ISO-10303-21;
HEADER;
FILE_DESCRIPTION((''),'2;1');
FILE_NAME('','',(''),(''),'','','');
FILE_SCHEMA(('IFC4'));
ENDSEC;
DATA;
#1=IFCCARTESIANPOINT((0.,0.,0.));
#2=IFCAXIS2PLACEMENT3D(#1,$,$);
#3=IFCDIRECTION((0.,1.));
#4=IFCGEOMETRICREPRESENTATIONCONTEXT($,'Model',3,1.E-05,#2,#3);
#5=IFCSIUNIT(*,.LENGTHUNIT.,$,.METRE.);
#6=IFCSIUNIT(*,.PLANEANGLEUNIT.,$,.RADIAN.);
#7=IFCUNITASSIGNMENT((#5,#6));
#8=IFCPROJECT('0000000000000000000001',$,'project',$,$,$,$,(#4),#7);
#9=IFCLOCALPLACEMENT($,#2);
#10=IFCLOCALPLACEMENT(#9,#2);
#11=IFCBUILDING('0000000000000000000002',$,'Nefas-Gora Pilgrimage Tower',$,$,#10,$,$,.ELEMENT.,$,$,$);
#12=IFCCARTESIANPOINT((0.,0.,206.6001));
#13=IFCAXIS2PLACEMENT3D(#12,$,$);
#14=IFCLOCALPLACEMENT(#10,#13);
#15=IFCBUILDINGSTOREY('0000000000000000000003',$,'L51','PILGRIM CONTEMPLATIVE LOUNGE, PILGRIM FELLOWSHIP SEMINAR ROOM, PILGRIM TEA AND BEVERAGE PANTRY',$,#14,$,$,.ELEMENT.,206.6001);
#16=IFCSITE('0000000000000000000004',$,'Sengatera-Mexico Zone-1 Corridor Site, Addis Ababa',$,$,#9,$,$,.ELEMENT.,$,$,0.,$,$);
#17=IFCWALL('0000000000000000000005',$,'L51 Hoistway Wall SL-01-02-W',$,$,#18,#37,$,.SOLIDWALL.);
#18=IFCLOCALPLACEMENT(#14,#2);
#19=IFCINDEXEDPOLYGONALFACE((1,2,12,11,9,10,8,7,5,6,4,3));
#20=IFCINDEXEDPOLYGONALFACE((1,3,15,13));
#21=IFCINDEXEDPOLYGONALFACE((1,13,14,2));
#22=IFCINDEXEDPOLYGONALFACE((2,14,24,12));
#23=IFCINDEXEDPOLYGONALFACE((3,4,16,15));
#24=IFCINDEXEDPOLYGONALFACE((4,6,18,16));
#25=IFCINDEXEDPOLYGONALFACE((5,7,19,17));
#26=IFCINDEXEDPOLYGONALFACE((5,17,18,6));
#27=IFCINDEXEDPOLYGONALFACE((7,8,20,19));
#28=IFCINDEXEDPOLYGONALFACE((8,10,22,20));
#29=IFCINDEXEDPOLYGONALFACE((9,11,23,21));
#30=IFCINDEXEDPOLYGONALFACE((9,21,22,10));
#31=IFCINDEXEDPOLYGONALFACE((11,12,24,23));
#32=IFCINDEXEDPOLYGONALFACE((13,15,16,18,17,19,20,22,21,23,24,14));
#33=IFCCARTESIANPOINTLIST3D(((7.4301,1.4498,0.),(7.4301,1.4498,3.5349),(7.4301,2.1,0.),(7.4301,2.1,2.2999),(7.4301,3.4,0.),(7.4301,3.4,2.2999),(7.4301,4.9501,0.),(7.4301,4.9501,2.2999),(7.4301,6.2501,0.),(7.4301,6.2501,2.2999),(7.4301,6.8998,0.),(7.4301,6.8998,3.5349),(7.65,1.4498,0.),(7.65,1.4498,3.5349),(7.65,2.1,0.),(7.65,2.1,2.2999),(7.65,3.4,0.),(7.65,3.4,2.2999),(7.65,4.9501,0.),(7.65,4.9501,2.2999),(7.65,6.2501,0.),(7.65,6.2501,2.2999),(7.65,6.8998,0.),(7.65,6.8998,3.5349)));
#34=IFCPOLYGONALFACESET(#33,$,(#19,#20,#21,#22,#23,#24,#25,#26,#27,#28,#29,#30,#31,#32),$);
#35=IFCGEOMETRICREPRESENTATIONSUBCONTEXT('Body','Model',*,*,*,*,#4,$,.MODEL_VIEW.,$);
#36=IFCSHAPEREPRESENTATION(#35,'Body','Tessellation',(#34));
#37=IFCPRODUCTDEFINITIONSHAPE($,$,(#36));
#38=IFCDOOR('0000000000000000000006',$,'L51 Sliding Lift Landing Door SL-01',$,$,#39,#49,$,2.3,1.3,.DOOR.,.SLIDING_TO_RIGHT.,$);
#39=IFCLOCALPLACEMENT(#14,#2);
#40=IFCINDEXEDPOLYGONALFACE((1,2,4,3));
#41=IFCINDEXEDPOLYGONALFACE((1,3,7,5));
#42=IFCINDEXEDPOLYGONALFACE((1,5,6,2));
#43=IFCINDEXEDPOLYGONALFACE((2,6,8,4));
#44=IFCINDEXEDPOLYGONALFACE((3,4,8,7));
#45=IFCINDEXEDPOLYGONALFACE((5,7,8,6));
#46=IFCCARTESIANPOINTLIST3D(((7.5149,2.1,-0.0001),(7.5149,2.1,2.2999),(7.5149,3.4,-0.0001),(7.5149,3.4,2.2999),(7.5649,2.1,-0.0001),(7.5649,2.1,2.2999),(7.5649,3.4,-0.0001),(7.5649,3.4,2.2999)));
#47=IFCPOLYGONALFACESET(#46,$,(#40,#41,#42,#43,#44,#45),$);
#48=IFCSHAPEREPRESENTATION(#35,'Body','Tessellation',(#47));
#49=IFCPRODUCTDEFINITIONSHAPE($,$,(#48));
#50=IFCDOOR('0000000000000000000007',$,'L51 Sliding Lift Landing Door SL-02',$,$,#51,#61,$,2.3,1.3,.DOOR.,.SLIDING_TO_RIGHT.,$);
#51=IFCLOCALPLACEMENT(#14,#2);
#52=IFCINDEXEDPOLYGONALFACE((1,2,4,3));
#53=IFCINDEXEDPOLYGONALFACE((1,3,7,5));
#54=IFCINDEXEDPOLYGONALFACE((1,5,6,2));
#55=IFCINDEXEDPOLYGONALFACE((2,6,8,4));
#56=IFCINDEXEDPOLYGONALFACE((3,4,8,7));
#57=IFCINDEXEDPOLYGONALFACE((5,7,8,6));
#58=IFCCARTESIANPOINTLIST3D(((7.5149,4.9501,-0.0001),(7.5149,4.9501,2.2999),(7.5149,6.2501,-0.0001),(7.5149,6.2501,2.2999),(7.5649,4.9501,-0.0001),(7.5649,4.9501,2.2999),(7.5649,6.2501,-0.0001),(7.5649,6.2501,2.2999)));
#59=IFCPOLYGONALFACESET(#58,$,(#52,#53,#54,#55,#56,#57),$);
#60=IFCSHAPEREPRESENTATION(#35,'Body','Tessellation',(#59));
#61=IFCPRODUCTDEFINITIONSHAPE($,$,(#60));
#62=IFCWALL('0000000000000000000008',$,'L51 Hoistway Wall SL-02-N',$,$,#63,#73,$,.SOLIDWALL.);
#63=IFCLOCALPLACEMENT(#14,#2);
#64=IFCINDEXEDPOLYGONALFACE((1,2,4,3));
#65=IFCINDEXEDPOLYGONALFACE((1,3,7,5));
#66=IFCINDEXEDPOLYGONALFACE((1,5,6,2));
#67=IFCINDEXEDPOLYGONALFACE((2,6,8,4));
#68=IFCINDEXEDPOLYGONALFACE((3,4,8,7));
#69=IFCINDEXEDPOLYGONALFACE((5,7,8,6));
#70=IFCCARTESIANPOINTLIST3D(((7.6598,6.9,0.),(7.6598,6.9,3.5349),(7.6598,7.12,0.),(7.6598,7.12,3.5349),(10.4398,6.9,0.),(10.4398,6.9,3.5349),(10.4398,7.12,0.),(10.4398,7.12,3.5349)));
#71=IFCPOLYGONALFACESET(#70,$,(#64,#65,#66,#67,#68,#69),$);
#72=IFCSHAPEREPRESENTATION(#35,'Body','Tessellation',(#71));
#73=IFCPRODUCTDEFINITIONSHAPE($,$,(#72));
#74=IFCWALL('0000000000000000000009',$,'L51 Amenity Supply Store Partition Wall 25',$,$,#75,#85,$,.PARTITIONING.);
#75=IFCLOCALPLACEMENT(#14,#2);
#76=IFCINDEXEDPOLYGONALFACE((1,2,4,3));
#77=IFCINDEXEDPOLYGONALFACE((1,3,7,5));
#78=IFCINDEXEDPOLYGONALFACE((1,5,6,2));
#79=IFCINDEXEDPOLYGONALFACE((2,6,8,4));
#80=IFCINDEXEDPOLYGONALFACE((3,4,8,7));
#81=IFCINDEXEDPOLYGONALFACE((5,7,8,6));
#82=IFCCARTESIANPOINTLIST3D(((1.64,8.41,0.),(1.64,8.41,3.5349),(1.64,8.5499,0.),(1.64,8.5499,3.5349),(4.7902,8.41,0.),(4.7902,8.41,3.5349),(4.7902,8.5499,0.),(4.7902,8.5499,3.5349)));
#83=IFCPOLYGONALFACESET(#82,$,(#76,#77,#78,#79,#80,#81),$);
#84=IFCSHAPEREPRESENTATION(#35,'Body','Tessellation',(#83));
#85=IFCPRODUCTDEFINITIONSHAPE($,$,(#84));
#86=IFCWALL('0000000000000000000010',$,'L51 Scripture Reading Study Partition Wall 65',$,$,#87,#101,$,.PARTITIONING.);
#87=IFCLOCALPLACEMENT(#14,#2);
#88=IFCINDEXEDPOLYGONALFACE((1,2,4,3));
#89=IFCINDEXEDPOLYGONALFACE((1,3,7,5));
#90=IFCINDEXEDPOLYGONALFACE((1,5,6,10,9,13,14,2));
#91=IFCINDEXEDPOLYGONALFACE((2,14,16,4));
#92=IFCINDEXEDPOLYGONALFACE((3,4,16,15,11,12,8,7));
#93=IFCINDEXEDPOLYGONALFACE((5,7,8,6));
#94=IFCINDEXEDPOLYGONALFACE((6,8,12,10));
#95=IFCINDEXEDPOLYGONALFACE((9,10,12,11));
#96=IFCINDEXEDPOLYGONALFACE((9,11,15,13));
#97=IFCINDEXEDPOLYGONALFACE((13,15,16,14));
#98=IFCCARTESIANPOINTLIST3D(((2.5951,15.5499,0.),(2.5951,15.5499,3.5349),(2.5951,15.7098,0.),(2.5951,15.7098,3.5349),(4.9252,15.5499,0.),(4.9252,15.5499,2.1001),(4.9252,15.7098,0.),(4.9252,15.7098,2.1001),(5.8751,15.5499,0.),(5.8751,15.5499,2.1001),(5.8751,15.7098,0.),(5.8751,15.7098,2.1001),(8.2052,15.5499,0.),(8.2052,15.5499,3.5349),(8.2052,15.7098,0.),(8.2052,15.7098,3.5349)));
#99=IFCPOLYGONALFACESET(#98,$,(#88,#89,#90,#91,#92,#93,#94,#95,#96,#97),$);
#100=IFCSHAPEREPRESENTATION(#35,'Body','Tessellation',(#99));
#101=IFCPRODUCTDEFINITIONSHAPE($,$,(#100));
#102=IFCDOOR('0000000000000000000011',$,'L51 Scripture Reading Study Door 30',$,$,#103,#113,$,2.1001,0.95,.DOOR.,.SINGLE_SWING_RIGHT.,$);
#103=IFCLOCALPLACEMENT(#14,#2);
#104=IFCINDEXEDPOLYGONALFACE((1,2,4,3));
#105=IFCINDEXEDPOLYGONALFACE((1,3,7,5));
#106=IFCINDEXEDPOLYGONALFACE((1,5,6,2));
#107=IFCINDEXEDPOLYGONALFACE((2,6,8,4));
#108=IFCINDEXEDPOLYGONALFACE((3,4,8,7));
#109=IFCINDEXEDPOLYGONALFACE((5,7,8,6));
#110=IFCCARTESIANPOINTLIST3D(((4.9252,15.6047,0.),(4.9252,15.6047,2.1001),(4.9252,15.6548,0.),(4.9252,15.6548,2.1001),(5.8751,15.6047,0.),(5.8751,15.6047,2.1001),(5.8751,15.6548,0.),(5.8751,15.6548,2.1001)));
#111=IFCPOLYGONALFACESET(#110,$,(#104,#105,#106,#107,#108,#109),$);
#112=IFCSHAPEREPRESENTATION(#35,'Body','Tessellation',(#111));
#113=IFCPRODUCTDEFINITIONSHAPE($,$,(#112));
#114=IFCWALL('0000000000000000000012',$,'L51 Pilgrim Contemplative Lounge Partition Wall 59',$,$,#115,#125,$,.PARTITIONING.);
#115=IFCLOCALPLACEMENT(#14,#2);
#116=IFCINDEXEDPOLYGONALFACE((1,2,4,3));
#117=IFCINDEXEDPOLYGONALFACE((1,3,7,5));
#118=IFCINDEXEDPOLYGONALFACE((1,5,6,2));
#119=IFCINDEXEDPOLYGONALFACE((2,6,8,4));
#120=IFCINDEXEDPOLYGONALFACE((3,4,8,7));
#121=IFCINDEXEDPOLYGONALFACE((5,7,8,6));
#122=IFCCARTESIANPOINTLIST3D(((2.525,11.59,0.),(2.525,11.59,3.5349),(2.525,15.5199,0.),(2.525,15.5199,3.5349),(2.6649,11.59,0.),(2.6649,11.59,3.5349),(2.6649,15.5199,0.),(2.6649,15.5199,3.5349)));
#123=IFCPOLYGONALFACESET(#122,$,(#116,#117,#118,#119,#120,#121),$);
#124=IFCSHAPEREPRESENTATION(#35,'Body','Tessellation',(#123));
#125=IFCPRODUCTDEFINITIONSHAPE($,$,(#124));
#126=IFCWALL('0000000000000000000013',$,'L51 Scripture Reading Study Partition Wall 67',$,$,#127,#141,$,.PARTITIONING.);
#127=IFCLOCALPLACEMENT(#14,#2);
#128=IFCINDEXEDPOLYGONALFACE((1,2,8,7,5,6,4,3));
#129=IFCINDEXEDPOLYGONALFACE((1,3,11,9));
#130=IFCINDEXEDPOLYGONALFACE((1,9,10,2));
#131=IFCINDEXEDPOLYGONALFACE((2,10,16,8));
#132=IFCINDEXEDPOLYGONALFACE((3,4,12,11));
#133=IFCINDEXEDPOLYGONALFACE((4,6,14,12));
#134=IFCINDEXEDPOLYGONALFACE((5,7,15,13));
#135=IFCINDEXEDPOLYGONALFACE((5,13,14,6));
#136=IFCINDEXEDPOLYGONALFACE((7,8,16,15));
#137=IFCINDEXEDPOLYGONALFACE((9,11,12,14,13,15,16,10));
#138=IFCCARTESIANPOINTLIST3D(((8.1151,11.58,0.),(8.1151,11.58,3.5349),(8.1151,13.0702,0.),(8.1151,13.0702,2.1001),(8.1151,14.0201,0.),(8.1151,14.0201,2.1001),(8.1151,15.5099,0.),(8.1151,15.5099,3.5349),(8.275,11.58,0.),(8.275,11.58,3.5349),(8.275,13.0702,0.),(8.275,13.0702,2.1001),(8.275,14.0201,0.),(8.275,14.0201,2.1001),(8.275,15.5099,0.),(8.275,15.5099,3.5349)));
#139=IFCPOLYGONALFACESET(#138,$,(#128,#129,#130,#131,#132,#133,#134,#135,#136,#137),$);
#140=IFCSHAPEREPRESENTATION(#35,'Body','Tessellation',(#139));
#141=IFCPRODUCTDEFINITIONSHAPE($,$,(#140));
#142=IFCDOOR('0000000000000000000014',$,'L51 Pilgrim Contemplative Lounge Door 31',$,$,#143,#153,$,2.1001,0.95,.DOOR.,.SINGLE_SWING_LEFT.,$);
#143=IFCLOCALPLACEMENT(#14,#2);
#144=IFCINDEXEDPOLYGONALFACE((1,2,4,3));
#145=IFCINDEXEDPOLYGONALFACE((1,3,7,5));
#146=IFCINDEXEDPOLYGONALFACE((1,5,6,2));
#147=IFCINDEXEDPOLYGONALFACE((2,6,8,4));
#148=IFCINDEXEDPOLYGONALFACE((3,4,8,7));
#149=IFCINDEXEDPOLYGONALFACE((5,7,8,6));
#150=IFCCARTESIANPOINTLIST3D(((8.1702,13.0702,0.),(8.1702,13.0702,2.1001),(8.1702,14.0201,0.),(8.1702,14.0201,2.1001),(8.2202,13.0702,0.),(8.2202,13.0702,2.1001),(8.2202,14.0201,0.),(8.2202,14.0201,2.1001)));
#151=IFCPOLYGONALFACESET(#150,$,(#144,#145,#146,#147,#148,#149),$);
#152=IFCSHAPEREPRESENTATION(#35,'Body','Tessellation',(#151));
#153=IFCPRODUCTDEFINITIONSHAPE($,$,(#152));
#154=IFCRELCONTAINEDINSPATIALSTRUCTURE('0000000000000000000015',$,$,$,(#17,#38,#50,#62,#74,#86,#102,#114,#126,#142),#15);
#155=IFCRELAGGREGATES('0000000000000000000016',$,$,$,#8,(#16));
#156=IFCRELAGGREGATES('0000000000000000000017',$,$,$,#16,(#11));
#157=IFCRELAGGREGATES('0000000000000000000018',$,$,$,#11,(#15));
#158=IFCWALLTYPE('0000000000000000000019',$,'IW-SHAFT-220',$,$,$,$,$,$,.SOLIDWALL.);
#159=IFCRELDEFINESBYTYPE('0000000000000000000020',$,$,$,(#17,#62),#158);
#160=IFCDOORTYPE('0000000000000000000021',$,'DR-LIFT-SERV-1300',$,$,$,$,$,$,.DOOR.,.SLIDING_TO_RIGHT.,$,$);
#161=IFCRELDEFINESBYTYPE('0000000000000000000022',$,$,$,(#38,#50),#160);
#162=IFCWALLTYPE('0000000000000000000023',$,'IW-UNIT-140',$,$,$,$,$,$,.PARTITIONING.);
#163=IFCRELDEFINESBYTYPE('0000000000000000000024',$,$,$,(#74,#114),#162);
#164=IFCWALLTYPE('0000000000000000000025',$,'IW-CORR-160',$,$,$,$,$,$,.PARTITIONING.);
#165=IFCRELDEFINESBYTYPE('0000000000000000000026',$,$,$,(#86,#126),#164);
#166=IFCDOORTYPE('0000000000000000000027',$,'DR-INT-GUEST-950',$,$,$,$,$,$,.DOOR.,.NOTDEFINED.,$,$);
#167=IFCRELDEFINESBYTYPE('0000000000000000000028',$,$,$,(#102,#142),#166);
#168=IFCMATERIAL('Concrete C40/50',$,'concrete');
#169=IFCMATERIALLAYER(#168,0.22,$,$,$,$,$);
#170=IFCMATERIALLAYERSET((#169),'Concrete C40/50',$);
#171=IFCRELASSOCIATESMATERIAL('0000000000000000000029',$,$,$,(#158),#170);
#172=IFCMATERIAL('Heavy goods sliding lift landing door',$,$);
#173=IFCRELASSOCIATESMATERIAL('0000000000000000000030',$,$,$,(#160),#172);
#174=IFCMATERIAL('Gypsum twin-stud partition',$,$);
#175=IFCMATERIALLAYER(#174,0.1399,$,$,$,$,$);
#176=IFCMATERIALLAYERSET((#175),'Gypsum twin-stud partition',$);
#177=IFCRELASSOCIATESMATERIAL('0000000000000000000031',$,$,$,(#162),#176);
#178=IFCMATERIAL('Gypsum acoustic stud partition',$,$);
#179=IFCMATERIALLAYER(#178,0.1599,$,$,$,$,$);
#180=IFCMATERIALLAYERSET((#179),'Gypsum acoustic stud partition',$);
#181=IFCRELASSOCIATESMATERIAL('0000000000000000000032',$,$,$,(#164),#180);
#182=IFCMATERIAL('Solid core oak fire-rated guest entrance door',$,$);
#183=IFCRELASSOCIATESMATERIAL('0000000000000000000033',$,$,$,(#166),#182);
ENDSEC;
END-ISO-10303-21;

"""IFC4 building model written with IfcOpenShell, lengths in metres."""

from ifc_helpers import new_model, si_unit, direction, frame, frame_2d, origin, place, context, subcontext, project, spatial, rectangle, extrude, source, transform, mapped, material, layer, layer_set, type_object, element, fill, save


model = new_model("IFC4")

# Units and contexts
model_context = context("Model", 3, precision=1e-05, world=origin(), true_north=direction((0.0, 1.0)))
body_context = subcontext(model_context, "Body", "Model", "MODEL_VIEW")
ifc_project = project(units=[si_unit("LENGTHUNIT", "METRE"), si_unit("PLANEANGLEUNIT", "RADIAN")], contexts=[model_context])

# Site, building, storey
site_placement = place(None, origin())
site = spatial("IfcSite", under=ifc_project, at=site_placement, Name="Sengatera-Mexico Zone-1 Corridor Site, Addis Ababa", CompositionType="ELEMENT", RefElevation=0.0)
building_placement = place(site_placement, origin())
building = spatial("IfcBuilding", under=site, at=building_placement, Name="Nefas-Gora Pilgrimage Tower", CompositionType="ELEMENT")
storey_placement = place(building_placement, frame((0.0, 0.0, 206.6001)))
storey = spatial("IfcBuildingStorey", under=building, at=storey_placement, Name="L51", Description="PILGRIM CONTEMPLATIVE LOUNGE, PILGRIM FELLOWSHIP SEMINAR ROOM, PILGRIM TEA AND BEVERAGE PANTRY", CompositionType="ELEMENT", Elevation=206.6001)

# Wall, openings, doors
ifc_material_1 = material(Name="Concrete C40/50", Category="concrete")
ifc_layer_1 = layer(ifc_material_1, 0.22)
ifc_layer_set_1 = layer_set([ifc_layer_1], Name="Concrete C40/50")
wall_type_1 = type_object("IfcWallType", Name="IW-SHAFT-220", PredefinedType="SOLIDWALL", material=ifc_layer_set_1)
shared_shape_1 = source(origin(), body_context, "Body", "SweptSolid", [
    extrude(rectangle(XDim=5.45, YDim=0.22, at=frame_2d((2.7251, 0.0))), origin(), (0.0, 0.0, 1.0), 3.5349),
])
wall_1_placement = place(storey_placement, frame((7.54, 6.8999, 0.0), z_axis=(0.0, 0.0, 1.0), x_axis=(0.0, -1.0, 0.0)))
wall_1 = element("IfcWall", 1, at=wall_1_placement, inside=storey, type_object=wall_type_1, Name="L51 Hoistway Wall SL-01-02-W", PredefinedType="SOLIDWALL", context=body_context, shape_type="MappedRepresentation", body=[
    mapped(shared_shape_1, transform((0.0, 0.0, 0.0), x_axis=(1.0, 0.0, 0.0), y_axis=(0.0, 1.0, 0.0), z_axis=(0.0, 0.0, 1.0), scale=1.0)),
])
opening_1_placement = place(wall_1_placement, frame((3.5, 0.0, 0.0)))
opening_1 = element("IfcOpeningElement", 2, at=opening_1_placement, cuts=wall_1, PredefinedType="OPENING", context=body_context, shape_type="SweptSolid", body=[
    extrude(rectangle(XDim=1.3, YDim=2.3, at=frame_2d((0.6499, 1.1499))), frame((0.0, 0.1199, 0.0), z_axis=(0.0, -1.0, 0.0), x_axis=(1.0, 0.0, 0.0)), (0.0, 0.0, 1.0), 0.24),
])
opening_2_placement = place(wall_1_placement, frame((0.6499, 0.0, 0.0)))
opening_2 = element("IfcOpeningElement", 3, at=opening_2_placement, cuts=wall_1, PredefinedType="OPENING", context=body_context, shape_type="SweptSolid", body=[
    extrude(rectangle(XDim=1.3, YDim=2.3, at=frame_2d((0.6499, 1.1499))), frame((0.0, 0.1199, 0.0), z_axis=(0.0, -1.0, 0.0), x_axis=(1.0, 0.0, 0.0)), (0.0, 0.0, 1.0), 0.24),
])
ifc_material_2 = material(Name="Heavy goods sliding lift landing door")
door_type_1 = type_object("IfcDoorType", Name="DR-LIFT-SERV-1300", OperationType="SLIDING_TO_RIGHT", PredefinedType="DOOR", material=ifc_material_2)
shared_shape_2 = source(origin(), body_context, "Body", "SweptSolid", [
    extrude(rectangle(XDim=1.3, YDim=2.3, at=frame_2d((0.6499, 1.1499))), frame((0.0, 0.0249, 0.0), z_axis=(0.0, -1.0, 0.0), x_axis=(1.0, 0.0, 0.0)), (0.0, 0.0, 1.0), 0.05),
])
door_1_placement = place(opening_1_placement, origin())
door_1 = element("IfcDoor", 4, at=door_1_placement, inside=storey, type_object=door_type_1, Name="L51 Sliding Lift Landing Door SL-01", OperationType="SLIDING_TO_RIGHT", OverallHeight=2.3, OverallWidth=1.3, PredefinedType="DOOR", context=body_context, shape_type="MappedRepresentation", body=[
    mapped(shared_shape_2, transform((0.0, 0.0, 0.0), x_axis=(1.0, 0.0, 0.0), y_axis=(0.0, 1.0, 0.0), z_axis=(0.0, 0.0, 1.0), scale=1.0)),
])
fill(opening_1, door_1)
door_2_placement = place(opening_2_placement, origin())
door_2 = element("IfcDoor", 5, at=door_2_placement, inside=storey, type_object=door_type_1, Name="L51 Sliding Lift Landing Door SL-02", OperationType="SLIDING_TO_RIGHT", OverallHeight=2.3, OverallWidth=1.3, PredefinedType="DOOR", context=body_context, shape_type="MappedRepresentation", body=[
    mapped(shared_shape_2, transform((0.0, 0.0, 0.0), x_axis=(1.0, 0.0, 0.0), y_axis=(0.0, 1.0, 0.0), z_axis=(0.0, 0.0, 1.0), scale=1.0)),
])
fill(opening_2, door_2)

# Walls
shared_shape_3 = source(origin(), body_context, "Body", "SweptSolid", [
    extrude(rectangle(XDim=2.78, YDim=0.22, at=frame_2d((1.3901, 0.0))), origin(), (0.0, 0.0, 1.0), 3.5349),
])
wall_2_placement = place(storey_placement, frame((10.4399, 7.01, 0.0), z_axis=(0.0, 0.0, 1.0), x_axis=(-1.0, 0.0, 0.0)))
element("IfcWall", 6, at=wall_2_placement, inside=storey, type_object=wall_type_1, Name="L51 Hoistway Wall SL-02-N", PredefinedType="SOLIDWALL", context=body_context, shape_type="MappedRepresentation", body=[
    mapped(shared_shape_3, transform((0.0, 0.0, 0.0), x_axis=(1.0, 0.0, 0.0), y_axis=(0.0, 1.0, 0.0), z_axis=(0.0, 0.0, 1.0), scale=1.0)),
])
ifc_material_3 = material(Name="Gypsum twin-stud partition")
ifc_layer_2 = layer(ifc_material_3, 0.1399)
ifc_layer_set_2 = layer_set([ifc_layer_2], Name="Gypsum twin-stud partition")
wall_type_2 = type_object("IfcWallType", Name="IW-UNIT-140", PredefinedType="PARTITIONING", material=ifc_layer_set_2)
shared_shape_4 = source(origin(), body_context, "Body", "SweptSolid", [
    extrude(rectangle(XDim=3.1501, YDim=0.1399, at=frame_2d((1.5752, 0.0))), origin(), (0.0, 0.0, 1.0), 3.5349),
])
wall_3_placement = place(storey_placement, frame((1.6399, 8.48, 0.0), z_axis=(0.0, 0.0, 1.0), x_axis=(1.0, 0.0, 0.0)))
element("IfcWall", 7, at=wall_3_placement, inside=storey, type_object=wall_type_2, Name="L51 Amenity Supply Store Partition Wall 25", PredefinedType="PARTITIONING", context=body_context, shape_type="MappedRepresentation", body=[
    mapped(shared_shape_4, transform((0.0, 0.0, 0.0), x_axis=(1.0, 0.0, 0.0), y_axis=(0.0, 1.0, 0.0), z_axis=(0.0, 0.0, 1.0), scale=1.0)),
])

# Wall, opening, door
ifc_material_4 = material(Name="Gypsum acoustic stud partition")
ifc_layer_3 = layer(ifc_material_4, 0.1599)
ifc_layer_set_3 = layer_set([ifc_layer_3], Name="Gypsum acoustic stud partition")
wall_type_3 = type_object("IfcWallType", Name="IW-CORR-160", PredefinedType="PARTITIONING", material=ifc_layer_set_3)
shared_shape_5 = source(origin(), body_context, "Body", "SweptSolid", [
    extrude(rectangle(XDim=5.6101, YDim=0.1599, at=frame_2d((2.8052, 0.0))), origin(), (0.0, 0.0, 1.0), 3.5349),
])
wall_4_placement = place(storey_placement, frame((2.595, 15.6299, 0.0), z_axis=(0.0, 0.0, 1.0), x_axis=(1.0, 0.0, 0.0)))
wall_4 = element("IfcWall", 8, at=wall_4_placement, inside=storey, type_object=wall_type_3, Name="L51 Scripture Reading Study Partition Wall 65", PredefinedType="PARTITIONING", context=body_context, shape_type="MappedRepresentation", body=[
    mapped(shared_shape_5, transform((0.0, 0.0, 0.0), x_axis=(1.0, 0.0, 0.0), y_axis=(0.0, 1.0, 0.0), z_axis=(0.0, 0.0, 1.0), scale=1.0)),
])
opening_3_placement = place(wall_4_placement, frame((2.3301, 0.0, 0.0)))
opening_3 = element("IfcOpeningElement", 9, at=opening_3_placement, cuts=wall_4, PredefinedType="OPENING", context=body_context, shape_type="SweptSolid", body=[
    extrude(rectangle(XDim=0.95, YDim=2.1001, at=frame_2d((0.4751, 1.05))), frame((0.0, 0.0898, 0.0), z_axis=(0.0, -1.0, 0.0), x_axis=(1.0, 0.0, 0.0)), (0.0, 0.0, 1.0), 0.1799),
])
ifc_material_5 = material(Name="Solid core oak fire-rated guest entrance door")
door_type_2 = type_object("IfcDoorType", Name="DR-INT-GUEST-950", OperationType="NOTDEFINED", PredefinedType="DOOR", material=ifc_material_5)
shared_shape_6 = source(origin(), body_context, "Body", "SweptSolid", [
    extrude(rectangle(XDim=0.95, YDim=2.1001, at=frame_2d((0.4751, 1.05))), frame((0.0, 0.0249, 0.0), z_axis=(0.0, -1.0, 0.0), x_axis=(1.0, 0.0, 0.0)), (0.0, 0.0, 1.0), 0.05),
])
door_3_placement = place(opening_3_placement, origin())
door_3 = element("IfcDoor", 10, at=door_3_placement, inside=storey, type_object=door_type_2, Name="L51 Scripture Reading Study Door 30", OperationType="SINGLE_SWING_RIGHT", OverallHeight=2.1001, OverallWidth=0.95, PredefinedType="DOOR", context=body_context, shape_type="MappedRepresentation", body=[
    mapped(shared_shape_6, transform((0.0, 0.0, 0.0), x_axis=(1.0, 0.0, 0.0), y_axis=(0.0, 1.0, 0.0), z_axis=(0.0, 0.0, 1.0), scale=1.0)),
])
fill(opening_3, door_3)

# Wall
shared_shape_7 = source(origin(), body_context, "Body", "SweptSolid", [
    extrude(rectangle(XDim=3.9299, YDim=0.1399, at=frame_2d((1.9648, 0.0))), origin(), (0.0, 0.0, 1.0), 3.5349),
])
wall_5_placement = place(storey_placement, frame((2.595, 11.5901, 0.0), z_axis=(0.0, 0.0, 1.0), x_axis=(0.0, 1.0, 0.0)))
element("IfcWall", 11, at=wall_5_placement, inside=storey, type_object=wall_type_2, Name="L51 Pilgrim Contemplative Lounge Partition Wall 59", PredefinedType="PARTITIONING", context=body_context, shape_type="MappedRepresentation", body=[
    mapped(shared_shape_7, transform((0.0, 0.0, 0.0), x_axis=(1.0, 0.0, 0.0), y_axis=(0.0, 1.0, 0.0), z_axis=(0.0, 0.0, 1.0), scale=1.0)),
])

# Wall, opening, door
shared_shape_8 = source(origin(), body_context, "Body", "SweptSolid", [
    extrude(rectangle(XDim=3.9299, YDim=0.1599, at=frame_2d((1.9648, 0.0))), origin(), (0.0, 0.0, 1.0), 3.5349),
])
wall_6_placement = place(storey_placement, frame((8.1951, 11.5801, 0.0), z_axis=(0.0, 0.0, 1.0), x_axis=(0.0, 1.0, 0.0)))
wall_6 = element("IfcWall", 12, at=wall_6_placement, inside=storey, type_object=wall_type_3, Name="L51 Scripture Reading Study Partition Wall 67", PredefinedType="PARTITIONING", context=body_context, shape_type="MappedRepresentation", body=[
    mapped(shared_shape_8, transform((0.0, 0.0, 0.0), x_axis=(1.0, 0.0, 0.0), y_axis=(0.0, 1.0, 0.0), z_axis=(0.0, 0.0, 1.0), scale=1.0)),
])
opening_4_placement = place(wall_6_placement, frame((1.49, 0.0, 0.0)))
opening_4 = element("IfcOpeningElement", 13, at=opening_4_placement, cuts=wall_6, PredefinedType="OPENING", context=body_context, shape_type="SweptSolid", body=[
    extrude(rectangle(XDim=0.95, YDim=2.1001, at=frame_2d((0.4751, 1.05))), frame((0.0, 0.0898, 0.0), z_axis=(0.0, -1.0, 0.0), x_axis=(1.0, 0.0, 0.0)), (0.0, 0.0, 1.0), 0.1799),
])
door_4_placement = place(opening_4_placement, origin())
door_4 = element("IfcDoor", 14, at=door_4_placement, inside=storey, type_object=door_type_2, Name="L51 Pilgrim Contemplative Lounge Door 31", OperationType="SINGLE_SWING_LEFT", OverallHeight=2.1001, OverallWidth=0.95, PredefinedType="DOOR", context=body_context, shape_type="MappedRepresentation", body=[
    mapped(shared_shape_6, transform((0.0, 0.0, 0.0), x_axis=(1.0, 0.0, 0.0), y_axis=(0.0, 1.0, 0.0), z_axis=(0.0, 0.0, 1.0), scale=1.0)),
])
fill(opening_4, door_4)

save(model, "model.ifc")
